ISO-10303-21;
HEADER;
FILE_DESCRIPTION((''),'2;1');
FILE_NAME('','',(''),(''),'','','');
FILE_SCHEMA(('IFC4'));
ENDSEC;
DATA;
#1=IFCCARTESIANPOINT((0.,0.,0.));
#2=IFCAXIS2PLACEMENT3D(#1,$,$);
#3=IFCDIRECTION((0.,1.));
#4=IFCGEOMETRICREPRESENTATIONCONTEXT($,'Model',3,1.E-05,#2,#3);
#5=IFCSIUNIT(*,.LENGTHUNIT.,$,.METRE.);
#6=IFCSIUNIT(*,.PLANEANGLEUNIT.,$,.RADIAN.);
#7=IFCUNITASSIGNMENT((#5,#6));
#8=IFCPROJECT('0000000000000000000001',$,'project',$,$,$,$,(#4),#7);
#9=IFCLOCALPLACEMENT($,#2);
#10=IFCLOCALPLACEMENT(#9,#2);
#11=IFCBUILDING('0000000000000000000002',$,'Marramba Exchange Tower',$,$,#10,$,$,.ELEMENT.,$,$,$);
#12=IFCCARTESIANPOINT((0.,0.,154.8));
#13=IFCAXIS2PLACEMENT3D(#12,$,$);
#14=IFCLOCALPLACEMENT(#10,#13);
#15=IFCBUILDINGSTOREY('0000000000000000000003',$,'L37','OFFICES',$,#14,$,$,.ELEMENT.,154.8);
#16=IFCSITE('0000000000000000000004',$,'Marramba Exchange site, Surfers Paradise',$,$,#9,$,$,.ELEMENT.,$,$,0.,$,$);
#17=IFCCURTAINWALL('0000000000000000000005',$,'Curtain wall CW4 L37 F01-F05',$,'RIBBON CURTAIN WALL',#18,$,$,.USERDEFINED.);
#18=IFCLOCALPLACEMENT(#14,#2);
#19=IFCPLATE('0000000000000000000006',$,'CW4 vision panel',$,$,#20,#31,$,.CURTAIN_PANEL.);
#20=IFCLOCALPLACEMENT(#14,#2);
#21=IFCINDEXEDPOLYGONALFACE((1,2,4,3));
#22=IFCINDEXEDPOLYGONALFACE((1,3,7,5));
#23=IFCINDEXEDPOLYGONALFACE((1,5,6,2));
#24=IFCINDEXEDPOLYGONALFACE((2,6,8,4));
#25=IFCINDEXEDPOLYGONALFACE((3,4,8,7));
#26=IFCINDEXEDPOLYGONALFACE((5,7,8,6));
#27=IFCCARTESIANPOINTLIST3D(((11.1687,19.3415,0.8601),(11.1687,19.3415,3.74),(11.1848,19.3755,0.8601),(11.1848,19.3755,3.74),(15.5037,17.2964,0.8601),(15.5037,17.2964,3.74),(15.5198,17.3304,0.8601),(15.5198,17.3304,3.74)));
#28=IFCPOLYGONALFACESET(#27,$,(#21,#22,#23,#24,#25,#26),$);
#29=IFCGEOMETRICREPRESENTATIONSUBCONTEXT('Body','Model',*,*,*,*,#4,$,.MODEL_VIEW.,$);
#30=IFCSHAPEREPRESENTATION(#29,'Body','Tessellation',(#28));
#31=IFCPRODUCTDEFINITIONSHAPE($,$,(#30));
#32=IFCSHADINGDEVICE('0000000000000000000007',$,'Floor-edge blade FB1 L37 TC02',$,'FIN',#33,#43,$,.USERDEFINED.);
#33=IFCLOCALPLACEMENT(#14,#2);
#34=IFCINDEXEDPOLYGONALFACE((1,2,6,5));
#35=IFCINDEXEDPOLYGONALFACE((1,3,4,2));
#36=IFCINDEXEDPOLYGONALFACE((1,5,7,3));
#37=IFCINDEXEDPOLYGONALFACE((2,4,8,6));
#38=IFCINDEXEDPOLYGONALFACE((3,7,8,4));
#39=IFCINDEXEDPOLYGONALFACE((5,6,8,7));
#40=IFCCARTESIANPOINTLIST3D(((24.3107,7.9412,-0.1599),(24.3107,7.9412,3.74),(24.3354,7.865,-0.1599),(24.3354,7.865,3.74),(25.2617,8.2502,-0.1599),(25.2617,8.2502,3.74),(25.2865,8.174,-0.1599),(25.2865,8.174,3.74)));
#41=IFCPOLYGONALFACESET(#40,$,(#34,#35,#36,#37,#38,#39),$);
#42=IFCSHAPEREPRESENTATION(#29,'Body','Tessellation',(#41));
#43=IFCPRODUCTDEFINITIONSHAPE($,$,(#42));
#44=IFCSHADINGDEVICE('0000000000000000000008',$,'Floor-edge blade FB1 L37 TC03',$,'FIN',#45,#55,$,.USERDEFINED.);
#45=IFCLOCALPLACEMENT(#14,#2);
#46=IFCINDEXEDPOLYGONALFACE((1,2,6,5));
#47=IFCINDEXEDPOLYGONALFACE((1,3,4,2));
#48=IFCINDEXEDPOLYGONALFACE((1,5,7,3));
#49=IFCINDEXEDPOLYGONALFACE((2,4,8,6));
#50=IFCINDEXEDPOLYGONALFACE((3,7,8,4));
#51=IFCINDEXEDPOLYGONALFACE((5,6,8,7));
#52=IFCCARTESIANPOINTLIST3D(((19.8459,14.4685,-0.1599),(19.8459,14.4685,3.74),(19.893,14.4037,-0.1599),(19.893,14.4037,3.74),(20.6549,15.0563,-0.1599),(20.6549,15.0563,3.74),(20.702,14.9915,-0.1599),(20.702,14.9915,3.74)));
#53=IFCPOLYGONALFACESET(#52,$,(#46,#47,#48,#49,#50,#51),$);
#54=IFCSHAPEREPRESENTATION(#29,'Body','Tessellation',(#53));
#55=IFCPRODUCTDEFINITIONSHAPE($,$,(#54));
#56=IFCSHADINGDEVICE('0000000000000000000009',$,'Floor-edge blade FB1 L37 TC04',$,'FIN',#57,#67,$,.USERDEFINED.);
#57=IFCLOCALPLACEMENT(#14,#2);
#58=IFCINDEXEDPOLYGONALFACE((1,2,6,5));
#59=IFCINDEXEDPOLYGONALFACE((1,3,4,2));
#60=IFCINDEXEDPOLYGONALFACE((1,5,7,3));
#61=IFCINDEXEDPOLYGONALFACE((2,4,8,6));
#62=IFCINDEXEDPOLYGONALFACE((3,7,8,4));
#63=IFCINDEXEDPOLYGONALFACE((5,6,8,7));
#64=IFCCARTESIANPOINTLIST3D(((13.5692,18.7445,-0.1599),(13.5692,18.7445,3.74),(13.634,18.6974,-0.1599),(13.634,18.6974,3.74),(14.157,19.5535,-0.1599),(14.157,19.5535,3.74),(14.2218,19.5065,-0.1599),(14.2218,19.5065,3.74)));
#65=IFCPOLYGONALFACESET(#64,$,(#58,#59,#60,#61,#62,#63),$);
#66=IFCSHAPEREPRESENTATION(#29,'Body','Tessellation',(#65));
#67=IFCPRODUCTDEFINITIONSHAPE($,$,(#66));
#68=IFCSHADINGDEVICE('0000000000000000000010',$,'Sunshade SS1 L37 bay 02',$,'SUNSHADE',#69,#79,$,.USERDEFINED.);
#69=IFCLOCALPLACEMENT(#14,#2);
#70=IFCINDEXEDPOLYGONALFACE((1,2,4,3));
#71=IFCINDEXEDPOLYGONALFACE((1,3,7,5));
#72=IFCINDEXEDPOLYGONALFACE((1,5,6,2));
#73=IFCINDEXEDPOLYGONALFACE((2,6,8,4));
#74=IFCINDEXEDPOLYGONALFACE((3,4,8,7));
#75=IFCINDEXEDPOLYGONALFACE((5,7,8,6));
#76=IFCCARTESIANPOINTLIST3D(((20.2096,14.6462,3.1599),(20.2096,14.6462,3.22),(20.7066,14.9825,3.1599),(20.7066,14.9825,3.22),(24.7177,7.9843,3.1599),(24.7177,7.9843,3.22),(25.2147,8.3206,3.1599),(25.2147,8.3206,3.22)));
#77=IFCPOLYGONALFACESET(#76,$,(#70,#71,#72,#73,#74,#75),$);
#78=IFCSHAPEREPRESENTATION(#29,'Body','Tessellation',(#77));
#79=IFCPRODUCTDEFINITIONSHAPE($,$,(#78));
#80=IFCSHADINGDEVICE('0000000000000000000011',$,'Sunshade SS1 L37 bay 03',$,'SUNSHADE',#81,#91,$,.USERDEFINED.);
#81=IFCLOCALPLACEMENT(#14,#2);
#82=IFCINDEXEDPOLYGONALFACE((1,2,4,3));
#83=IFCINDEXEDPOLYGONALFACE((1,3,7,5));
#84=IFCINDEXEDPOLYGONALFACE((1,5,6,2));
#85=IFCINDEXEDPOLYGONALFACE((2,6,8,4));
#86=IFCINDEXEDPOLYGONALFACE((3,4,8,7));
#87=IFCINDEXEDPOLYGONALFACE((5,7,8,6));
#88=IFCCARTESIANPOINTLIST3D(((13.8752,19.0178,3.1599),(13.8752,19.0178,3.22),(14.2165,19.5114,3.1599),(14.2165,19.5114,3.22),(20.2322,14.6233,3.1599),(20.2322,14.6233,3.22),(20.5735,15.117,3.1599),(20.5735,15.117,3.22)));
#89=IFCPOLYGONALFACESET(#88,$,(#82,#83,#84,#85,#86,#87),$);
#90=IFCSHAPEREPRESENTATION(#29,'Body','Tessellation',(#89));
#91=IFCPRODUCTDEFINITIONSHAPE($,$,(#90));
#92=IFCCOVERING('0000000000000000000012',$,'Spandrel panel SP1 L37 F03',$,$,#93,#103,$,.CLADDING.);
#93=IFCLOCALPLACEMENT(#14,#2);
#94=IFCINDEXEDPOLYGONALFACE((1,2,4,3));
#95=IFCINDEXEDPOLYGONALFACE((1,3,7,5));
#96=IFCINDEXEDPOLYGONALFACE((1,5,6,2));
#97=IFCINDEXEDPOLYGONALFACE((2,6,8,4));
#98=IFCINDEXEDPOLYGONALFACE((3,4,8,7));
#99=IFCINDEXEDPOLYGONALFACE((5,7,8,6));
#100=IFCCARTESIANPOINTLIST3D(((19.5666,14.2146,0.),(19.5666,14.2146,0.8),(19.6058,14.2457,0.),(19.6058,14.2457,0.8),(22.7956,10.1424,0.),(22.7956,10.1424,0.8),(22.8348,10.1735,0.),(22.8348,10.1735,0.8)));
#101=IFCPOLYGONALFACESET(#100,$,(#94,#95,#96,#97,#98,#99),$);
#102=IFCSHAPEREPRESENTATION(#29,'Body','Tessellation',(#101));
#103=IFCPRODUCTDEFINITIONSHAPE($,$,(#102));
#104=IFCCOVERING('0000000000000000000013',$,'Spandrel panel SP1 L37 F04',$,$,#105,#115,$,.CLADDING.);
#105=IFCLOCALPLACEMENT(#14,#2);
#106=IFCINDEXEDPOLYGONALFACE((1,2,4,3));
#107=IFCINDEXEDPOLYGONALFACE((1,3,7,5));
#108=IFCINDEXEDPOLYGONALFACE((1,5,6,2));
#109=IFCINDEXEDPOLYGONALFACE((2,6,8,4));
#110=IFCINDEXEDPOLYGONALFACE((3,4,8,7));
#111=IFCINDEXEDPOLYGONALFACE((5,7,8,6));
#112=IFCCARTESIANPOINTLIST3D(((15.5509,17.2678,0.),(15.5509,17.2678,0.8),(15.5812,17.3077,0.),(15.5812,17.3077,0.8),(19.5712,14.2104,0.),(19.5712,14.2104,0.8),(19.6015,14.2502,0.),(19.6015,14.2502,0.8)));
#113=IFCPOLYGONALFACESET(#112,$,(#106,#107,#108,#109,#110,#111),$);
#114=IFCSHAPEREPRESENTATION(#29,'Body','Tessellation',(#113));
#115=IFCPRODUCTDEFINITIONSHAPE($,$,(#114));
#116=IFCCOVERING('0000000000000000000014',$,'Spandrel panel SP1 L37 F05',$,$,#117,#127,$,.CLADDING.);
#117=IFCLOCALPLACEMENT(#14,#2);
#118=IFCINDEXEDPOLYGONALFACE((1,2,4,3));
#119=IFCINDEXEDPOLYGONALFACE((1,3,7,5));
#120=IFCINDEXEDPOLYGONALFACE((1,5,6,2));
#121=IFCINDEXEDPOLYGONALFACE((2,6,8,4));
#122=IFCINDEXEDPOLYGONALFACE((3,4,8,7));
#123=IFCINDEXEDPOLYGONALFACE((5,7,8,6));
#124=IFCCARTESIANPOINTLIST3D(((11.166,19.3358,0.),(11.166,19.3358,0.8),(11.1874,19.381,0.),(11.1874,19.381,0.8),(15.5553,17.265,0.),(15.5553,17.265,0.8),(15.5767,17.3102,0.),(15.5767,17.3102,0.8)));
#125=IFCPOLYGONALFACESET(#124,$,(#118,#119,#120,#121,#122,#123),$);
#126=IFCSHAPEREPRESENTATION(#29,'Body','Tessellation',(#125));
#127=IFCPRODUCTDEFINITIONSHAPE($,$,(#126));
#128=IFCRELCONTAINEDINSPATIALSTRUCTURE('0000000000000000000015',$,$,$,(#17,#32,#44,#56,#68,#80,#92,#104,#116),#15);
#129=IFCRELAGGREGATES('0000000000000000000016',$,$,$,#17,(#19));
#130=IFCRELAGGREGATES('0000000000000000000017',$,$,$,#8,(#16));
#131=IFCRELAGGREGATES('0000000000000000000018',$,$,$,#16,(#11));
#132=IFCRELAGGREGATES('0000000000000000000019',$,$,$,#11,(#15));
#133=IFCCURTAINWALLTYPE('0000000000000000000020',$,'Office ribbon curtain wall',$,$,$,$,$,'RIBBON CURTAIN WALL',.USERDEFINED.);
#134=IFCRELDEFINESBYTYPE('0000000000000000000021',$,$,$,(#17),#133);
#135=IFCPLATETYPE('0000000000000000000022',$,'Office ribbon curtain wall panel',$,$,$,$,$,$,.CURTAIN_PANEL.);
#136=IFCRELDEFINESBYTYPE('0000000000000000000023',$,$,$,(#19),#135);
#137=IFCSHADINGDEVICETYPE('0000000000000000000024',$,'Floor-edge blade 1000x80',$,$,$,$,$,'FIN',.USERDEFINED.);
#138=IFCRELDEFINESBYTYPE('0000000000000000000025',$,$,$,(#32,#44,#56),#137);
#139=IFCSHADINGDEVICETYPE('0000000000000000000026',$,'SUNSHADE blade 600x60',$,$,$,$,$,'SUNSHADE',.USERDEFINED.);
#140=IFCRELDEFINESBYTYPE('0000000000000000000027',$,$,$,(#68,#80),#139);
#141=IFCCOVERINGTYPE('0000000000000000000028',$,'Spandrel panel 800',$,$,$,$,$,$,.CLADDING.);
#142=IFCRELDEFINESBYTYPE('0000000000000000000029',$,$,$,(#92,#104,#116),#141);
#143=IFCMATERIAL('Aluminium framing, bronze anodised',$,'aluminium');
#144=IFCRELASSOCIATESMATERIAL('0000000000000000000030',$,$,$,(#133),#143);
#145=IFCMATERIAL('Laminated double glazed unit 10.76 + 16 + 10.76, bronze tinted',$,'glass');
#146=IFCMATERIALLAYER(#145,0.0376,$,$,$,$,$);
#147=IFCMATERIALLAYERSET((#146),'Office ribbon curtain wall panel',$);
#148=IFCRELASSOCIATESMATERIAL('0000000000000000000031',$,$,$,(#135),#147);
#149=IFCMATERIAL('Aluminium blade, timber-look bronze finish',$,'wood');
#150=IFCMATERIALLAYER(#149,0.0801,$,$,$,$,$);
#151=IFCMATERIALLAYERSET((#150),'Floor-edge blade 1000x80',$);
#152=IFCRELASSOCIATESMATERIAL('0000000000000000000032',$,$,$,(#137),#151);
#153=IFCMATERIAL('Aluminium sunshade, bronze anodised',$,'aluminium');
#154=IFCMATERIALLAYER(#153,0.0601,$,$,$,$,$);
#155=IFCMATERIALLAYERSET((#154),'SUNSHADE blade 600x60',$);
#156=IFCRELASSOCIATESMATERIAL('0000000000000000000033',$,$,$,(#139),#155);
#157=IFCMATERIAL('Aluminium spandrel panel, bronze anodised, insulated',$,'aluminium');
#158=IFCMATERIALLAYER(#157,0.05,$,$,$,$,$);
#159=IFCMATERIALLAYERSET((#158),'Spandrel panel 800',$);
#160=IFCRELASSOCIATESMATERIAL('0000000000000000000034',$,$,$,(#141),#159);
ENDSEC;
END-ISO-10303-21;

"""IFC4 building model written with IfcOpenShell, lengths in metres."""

from ifc_helpers import new_model, si_unit, direction, frame, origin, origin_2d, place, context, subcontext, project, spatial, rectangle, extrude, material, layer, layer_set, type_object, element, aggregate, save


model = new_model("IFC4")

# Units and contexts
model_context = context("Model", 3, precision=1e-05, world=origin(), true_north=direction((0.0, 1.0)))
body_context = subcontext(model_context, "Body", "Model", "MODEL_VIEW")
ifc_project = project(units=[si_unit("LENGTHUNIT", "METRE"), si_unit("PLANEANGLEUNIT", "RADIAN")], contexts=[model_context])

# Site, building, storey
site_placement = place(None, origin())
site = spatial("IfcSite", under=ifc_project, at=site_placement, Name="Marramba Exchange site, Surfers Paradise", CompositionType="ELEMENT", RefElevation=0.0)
building_placement = place(site_placement, origin())
building = spatial("IfcBuilding", under=site, at=building_placement, Name="Marramba Exchange Tower", CompositionType="ELEMENT")
storey_placement = place(building_placement, frame((0.0, 0.0, 154.8)))
storey = spatial("IfcBuildingStorey", under=building, at=storey_placement, Name="L37", Description="OFFICES", CompositionType="ELEMENT", Elevation=154.8)

# Curtain wall
ifc_material_1 = material(Name="Aluminium framing, bronze anodised", Category="aluminium")
curtain_wall_type = type_object("IfcCurtainWallType", Name="Office ribbon curtain wall", ElementType="RIBBON CURTAIN WALL", PredefinedType="USERDEFINED", material=ifc_material_1)
curtain_wall_placement = place(storey_placement, origin())
curtain_wall = element("IfcCurtainWall", 1, at=curtain_wall_placement, inside=storey, type_object=curtain_wall_type, Name="Curtain wall CW4 L37 F01-F05", ObjectType="RIBBON CURTAIN WALL", PredefinedType="USERDEFINED")

# Plate
ifc_material_2 = material(Name="Laminated double glazed unit 10.76 + 16 + 10.76, bronze tinted", Category="glass")
ifc_layer_1 = layer(ifc_material_2, 0.0376)
ifc_layer_set_1 = layer_set([ifc_layer_1], Name="Office ribbon curtain wall panel")
plate_type = type_object("IfcPlateType", Name="Office ribbon curtain wall panel", PredefinedType="CURTAIN_PANEL", material=ifc_layer_set_1)
plate_1_placement = place(storey_placement, frame((13.3442, 18.3359, 0.8601), z_axis=(0.0, 0.0, 1.0), x_axis=(-0.904403, 0.426679, 0.0)))
plate_1 = element("IfcPlate", 2, at=plate_1_placement, type_object=plate_type, Name="CW4 vision panel", PredefinedType="CURTAIN_PANEL", context=body_context, shape_type="SweptSolid", body=[
    extrude(rectangle(XDim=4.7932, YDim=0.0376, at=origin_2d()), origin(), (0.0, 0.0, 1.0), 2.8799),
])
aggregate(curtain_wall, [plate_1])

# Shading devices
ifc_material_3 = material(Name="Aluminium blade, timber-look bronze finish", Category="wood")
ifc_layer_2 = layer(ifc_material_3, 0.0801)
ifc_layer_set_2 = layer_set([ifc_layer_2], Name="Floor-edge blade 1000x80")
shading_device_type_1 = type_object("IfcShadingDeviceType", Name="Floor-edge blade 1000x80", ElementType="FIN", PredefinedType="USERDEFINED", material=ifc_layer_set_2)
for number, where, z_axis, x_axis, name in (
    (3, (24.7986, 8.0576, -0.1599), (0.0, 0.0, 1.0), (0.951057, 0.309017, 0.0), "Floor-edge blade FB1 L37 TC02"),
    (4, (20.2739, 14.73, -0.1599), (0.0, 0.0, 1.0), (0.809017, 0.587785, 0.0), "Floor-edge blade FB1 L37 TC03"),
    (5, (13.8955, 19.1255, -0.1599), (0.0, 0.0, 1.0), (0.587785, 0.809017, 0.0), "Floor-edge blade FB1 L37 TC04"),
):
    element("IfcShadingDevice", number, at=place(storey_placement, frame(where, z_axis=z_axis, x_axis=x_axis)), inside=storey, type_object=shading_device_type_1, Name=name, ObjectType="FIN", PredefinedType="USERDEFINED", context=body_context, shape_type="SweptSolid", body=[
        extrude(rectangle(XDim=1.0, YDim=0.0801, at=origin_2d()), origin(), (0.0, 0.0, 1.0), 3.8999),
    ])
ifc_material_4 = material(Name="Aluminium sunshade, bronze anodised", Category="aluminium")
ifc_layer_3 = layer(ifc_material_4, 0.0601)
ifc_layer_set_3 = layer_set([ifc_layer_3], Name="SUNSHADE blade 600x60")
shading_device_type_2 = type_object("IfcShadingDeviceType", Name="SUNSHADE blade 600x60", ElementType="SUNSHADE", PredefinedType="USERDEFINED", material=ifc_layer_set_3)
shading_device_1_placement = place(storey_placement, frame((22.7122, 11.4834, 3.1599), z_axis=(0.0, 0.0, 1.0), x_axis=(-0.560442, 0.828194, 0.0)))
element("IfcShadingDevice", 6, at=shading_device_1_placement, inside=storey, type_object=shading_device_type_2, Name="Sunshade SS1 L37 bay 02", ObjectType="SUNSHADE", PredefinedType="USERDEFINED", context=body_context, shape_type="SweptSolid", body=[
    extrude(rectangle(XDim=8.0439, YDim=0.6001, at=origin_2d()), origin(), (0.0, 0.0, 1.0), 0.0601),
])
shading_device_2_placement = place(storey_placement, frame((17.2244, 17.0674, 3.1599), z_axis=(0.0, 0.0, 1.0), x_axis=(-0.82259, 0.568636, 0.0)))
element("IfcShadingDevice", 7, at=shading_device_2_placement, inside=storey, type_object=shading_device_type_2, Name="Sunshade SS1 L37 bay 03", ObjectType="SUNSHADE", PredefinedType="USERDEFINED", context=body_context, shape_type="SweptSolid", body=[
    extrude(rectangle(XDim=7.728, YDim=0.6001, at=origin_2d()), origin(), (0.0, 0.0, 1.0), 0.0601),
])

# Coverings
ifc_material_5 = material(Name="Aluminium spandrel panel, bronze anodised, insulated", Category="aluminium")
ifc_layer_4 = layer(ifc_material_5, 0.05)
ifc_layer_set_4 = layer_set([ifc_layer_4], Name="Spandrel panel 800")
covering_type = type_object("IfcCoveringType", Name="Spandrel panel 800", PredefinedType="CLADDING", material=ifc_layer_set_4)
covering_1_placement = place(storey_placement, frame((21.2007, 12.1941, 0.0), z_axis=(0.0, 0.0, 1.0), x_axis=(-0.621312, 0.783563, 0.0)))
element("IfcCovering", 8, at=covering_1_placement, inside=storey, type_object=covering_type, Name="Spandrel panel SP1 L37 F03", PredefinedType="CLADDING", context=body_context, shape_type="SweptSolid", body=[
    extrude(rectangle(XDim=5.197, YDim=0.05, at=origin_2d()), origin(), (0.0, 0.0, 1.0), 0.8),
])
covering_2_placement = place(storey_placement, frame((17.5762, 15.759, 0.0), z_axis=(0.0, 0.0, 1.0), x_axis=(-0.795972, 0.605334, 0.0)))
element("IfcCovering", 9, at=covering_2_placement, inside=storey, type_object=covering_type, Name="Spandrel panel SP1 L37 F04", PredefinedType="CLADDING", context=body_context, shape_type="SweptSolid", body=[
    extrude(rectangle(XDim=5.0508, YDim=0.05, at=origin_2d()), origin(), (0.0, 0.0, 1.0), 0.8),
])
covering_3_placement = place(storey_placement, frame((13.3713, 18.323, 0.0), z_axis=(0.0, 0.0, 1.0), x_axis=(-0.904403, 0.426679, 0.0)))
element("IfcCovering", 10, at=covering_3_placement, inside=storey, type_object=covering_type, Name="Spandrel panel SP1 L37 F05", PredefinedType="CLADDING", context=body_context, shape_type="SweptSolid", body=[
    extrude(rectangle(XDim=4.8533, YDim=0.05, at=origin_2d()), origin(), (0.0, 0.0, 1.0), 0.8),
])

save(model, "model.ifc")
